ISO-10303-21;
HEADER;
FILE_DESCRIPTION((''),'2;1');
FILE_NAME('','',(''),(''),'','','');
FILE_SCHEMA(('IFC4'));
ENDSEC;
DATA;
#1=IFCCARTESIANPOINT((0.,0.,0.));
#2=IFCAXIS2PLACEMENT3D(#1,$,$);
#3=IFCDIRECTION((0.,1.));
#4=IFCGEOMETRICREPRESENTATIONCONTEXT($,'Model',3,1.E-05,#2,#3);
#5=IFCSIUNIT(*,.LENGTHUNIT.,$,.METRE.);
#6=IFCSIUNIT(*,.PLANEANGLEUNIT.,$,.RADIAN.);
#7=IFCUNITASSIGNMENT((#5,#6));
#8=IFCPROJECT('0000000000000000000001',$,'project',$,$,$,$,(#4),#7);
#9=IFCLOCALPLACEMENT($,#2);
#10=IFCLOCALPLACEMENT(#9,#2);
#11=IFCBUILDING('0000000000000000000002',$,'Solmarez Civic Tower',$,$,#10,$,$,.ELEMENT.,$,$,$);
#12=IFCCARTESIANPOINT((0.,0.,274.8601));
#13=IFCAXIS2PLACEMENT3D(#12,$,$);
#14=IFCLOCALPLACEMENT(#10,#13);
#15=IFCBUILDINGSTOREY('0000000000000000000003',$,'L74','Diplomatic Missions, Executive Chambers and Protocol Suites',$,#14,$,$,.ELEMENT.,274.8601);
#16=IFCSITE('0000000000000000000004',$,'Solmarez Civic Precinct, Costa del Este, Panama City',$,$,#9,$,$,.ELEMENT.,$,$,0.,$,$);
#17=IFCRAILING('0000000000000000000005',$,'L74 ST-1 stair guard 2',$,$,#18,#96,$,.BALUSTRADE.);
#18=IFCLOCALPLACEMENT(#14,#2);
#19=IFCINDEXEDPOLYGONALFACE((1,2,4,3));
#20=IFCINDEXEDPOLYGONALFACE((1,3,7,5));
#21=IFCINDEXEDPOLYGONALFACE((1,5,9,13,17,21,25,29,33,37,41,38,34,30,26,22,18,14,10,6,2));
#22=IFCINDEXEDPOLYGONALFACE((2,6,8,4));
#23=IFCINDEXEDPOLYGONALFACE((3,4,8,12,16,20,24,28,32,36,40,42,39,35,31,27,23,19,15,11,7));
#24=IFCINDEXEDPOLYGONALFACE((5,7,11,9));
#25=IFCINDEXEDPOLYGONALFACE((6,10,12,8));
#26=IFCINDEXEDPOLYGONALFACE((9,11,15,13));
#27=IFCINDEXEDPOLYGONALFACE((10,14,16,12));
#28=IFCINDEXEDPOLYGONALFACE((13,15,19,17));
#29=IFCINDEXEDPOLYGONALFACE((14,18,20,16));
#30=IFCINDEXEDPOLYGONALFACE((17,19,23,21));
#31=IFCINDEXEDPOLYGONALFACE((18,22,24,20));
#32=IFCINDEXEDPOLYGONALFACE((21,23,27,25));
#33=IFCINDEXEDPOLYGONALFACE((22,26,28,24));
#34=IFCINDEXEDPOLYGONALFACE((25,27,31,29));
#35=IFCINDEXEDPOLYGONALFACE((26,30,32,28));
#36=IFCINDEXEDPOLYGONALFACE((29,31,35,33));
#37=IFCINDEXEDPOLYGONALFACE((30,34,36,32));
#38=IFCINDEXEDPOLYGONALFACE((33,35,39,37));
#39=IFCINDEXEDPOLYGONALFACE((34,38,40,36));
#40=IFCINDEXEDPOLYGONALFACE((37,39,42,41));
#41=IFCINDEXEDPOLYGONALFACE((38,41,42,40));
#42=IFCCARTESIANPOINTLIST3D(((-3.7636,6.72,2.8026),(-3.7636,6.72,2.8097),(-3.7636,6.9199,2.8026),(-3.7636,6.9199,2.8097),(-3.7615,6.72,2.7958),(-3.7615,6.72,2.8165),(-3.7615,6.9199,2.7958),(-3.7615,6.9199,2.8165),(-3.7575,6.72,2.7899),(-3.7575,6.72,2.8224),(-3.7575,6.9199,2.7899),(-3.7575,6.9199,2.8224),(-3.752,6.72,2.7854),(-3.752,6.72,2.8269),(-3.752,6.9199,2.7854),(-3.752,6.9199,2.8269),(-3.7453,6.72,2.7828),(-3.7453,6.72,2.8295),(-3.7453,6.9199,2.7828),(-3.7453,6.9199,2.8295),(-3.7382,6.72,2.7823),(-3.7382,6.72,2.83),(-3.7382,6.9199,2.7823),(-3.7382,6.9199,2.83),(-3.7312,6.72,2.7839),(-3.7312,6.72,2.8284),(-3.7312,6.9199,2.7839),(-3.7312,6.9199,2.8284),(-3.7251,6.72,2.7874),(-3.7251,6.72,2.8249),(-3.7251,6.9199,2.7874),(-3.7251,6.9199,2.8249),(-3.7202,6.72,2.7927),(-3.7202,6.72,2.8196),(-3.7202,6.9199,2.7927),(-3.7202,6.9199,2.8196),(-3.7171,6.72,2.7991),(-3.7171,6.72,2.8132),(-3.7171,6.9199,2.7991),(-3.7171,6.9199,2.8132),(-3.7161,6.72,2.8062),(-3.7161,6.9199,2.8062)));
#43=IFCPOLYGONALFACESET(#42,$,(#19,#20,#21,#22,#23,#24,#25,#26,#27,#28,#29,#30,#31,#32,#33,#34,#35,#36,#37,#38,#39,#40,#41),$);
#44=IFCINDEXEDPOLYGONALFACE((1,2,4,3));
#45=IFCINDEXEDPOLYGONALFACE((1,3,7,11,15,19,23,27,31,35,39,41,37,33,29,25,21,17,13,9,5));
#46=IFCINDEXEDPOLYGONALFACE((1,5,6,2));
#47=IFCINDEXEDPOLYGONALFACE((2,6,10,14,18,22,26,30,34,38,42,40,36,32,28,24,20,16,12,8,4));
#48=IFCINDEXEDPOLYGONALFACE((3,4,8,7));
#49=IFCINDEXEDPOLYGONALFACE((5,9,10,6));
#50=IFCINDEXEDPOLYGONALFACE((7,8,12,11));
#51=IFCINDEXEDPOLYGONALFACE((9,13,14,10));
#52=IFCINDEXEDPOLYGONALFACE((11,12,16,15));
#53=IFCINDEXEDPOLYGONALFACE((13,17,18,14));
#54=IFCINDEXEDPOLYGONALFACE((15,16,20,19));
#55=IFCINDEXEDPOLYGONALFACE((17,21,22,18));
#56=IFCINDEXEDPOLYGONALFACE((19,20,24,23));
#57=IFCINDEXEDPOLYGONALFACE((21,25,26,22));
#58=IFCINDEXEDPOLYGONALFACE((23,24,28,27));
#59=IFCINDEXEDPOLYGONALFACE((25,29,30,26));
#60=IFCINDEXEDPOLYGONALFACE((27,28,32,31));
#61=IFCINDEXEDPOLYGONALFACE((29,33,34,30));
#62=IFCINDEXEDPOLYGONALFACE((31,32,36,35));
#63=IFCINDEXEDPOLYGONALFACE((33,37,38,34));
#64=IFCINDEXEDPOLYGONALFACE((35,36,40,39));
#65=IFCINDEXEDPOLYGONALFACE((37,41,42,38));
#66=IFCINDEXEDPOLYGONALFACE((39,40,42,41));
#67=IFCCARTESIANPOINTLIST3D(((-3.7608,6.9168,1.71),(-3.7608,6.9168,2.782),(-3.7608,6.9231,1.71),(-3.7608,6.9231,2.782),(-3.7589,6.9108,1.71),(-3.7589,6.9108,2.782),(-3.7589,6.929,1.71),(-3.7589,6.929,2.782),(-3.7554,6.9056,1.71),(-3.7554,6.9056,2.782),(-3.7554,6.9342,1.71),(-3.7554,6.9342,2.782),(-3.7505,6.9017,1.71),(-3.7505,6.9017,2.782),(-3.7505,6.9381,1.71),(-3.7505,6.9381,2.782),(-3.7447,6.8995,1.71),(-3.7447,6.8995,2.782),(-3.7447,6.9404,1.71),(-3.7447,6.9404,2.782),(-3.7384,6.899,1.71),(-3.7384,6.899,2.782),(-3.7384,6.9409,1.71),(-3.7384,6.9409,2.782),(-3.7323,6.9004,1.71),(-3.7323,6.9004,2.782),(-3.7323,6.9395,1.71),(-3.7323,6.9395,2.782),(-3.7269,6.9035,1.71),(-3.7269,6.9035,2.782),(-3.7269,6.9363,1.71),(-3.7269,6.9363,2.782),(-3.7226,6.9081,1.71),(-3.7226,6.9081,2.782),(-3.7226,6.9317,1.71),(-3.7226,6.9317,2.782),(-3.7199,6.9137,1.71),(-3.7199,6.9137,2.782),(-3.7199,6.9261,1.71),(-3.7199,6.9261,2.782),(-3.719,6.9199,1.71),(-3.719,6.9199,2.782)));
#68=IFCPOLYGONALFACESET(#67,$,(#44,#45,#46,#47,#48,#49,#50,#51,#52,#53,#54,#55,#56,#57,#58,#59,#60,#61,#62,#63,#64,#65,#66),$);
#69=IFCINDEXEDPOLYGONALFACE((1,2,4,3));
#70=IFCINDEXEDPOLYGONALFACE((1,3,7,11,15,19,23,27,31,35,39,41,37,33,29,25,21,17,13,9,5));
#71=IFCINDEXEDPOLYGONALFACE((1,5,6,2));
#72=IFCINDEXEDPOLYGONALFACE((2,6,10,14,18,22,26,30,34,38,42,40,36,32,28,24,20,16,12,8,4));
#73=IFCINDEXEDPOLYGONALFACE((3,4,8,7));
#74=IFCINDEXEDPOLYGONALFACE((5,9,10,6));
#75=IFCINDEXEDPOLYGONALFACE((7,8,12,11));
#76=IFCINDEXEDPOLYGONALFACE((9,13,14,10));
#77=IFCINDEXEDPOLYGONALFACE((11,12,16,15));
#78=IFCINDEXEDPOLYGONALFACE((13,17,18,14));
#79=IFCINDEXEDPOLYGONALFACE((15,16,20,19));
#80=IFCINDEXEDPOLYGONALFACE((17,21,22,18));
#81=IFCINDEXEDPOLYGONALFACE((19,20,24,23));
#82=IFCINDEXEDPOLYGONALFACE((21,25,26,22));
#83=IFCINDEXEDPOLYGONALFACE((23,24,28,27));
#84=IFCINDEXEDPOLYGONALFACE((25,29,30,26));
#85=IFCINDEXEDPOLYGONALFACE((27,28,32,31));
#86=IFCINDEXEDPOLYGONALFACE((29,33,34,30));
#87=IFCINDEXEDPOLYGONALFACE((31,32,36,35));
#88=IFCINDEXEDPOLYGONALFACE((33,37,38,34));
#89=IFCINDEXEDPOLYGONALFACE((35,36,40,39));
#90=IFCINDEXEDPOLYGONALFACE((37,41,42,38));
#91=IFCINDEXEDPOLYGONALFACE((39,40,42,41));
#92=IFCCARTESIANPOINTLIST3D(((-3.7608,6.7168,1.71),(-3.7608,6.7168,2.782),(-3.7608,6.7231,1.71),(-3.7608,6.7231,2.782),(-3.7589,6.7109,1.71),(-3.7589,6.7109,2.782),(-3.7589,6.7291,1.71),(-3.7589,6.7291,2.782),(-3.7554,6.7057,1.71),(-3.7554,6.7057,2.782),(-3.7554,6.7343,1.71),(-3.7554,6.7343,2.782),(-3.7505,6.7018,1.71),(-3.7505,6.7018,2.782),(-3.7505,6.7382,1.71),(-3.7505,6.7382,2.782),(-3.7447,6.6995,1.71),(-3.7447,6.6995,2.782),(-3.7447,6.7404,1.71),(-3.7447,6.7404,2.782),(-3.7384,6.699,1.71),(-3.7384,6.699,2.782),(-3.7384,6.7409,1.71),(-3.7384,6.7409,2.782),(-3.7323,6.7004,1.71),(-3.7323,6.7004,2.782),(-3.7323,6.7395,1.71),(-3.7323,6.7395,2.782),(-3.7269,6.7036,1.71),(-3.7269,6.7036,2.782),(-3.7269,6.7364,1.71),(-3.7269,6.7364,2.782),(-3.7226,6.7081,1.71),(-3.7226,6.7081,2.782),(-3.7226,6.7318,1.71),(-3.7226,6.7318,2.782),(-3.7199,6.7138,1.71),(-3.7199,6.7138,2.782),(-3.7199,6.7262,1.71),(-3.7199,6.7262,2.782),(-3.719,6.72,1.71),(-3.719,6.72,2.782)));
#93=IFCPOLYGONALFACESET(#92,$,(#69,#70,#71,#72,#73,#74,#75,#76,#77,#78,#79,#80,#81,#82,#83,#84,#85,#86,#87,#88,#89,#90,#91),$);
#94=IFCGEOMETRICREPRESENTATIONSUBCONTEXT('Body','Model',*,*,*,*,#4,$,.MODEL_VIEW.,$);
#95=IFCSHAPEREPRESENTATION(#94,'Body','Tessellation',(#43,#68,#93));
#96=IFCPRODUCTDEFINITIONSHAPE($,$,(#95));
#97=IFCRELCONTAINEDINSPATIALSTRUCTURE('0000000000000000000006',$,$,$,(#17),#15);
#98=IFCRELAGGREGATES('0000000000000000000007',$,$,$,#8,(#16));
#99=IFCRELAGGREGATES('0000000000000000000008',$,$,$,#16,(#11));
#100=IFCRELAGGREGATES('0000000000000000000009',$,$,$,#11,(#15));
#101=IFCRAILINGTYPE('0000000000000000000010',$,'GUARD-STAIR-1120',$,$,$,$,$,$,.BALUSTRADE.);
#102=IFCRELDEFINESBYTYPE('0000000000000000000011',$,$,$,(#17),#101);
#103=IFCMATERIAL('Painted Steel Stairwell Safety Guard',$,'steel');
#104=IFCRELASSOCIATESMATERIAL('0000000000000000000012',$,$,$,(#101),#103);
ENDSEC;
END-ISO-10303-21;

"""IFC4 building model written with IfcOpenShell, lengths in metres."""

from ifc_helpers import new_model, si_unit, direction, frame, origin, origin_2d, place, context, subcontext, project, spatial, circle, extrude, material, type_object, element, save


model = new_model("IFC4")

# Units and contexts
model_context = context("Model", 3, precision=1e-05, world=origin(), true_north=direction((0.0, 1.0)))
body_context = subcontext(model_context, "Body", "Model", "MODEL_VIEW")
ifc_project = project(units=[si_unit("LENGTHUNIT", "METRE"), si_unit("PLANEANGLEUNIT", "RADIAN")], contexts=[model_context])

# Site, building, storey
site_placement = place(None, origin())
site = spatial("IfcSite", under=ifc_project, at=site_placement, Name="Solmarez Civic Precinct, Costa del Este, Panama City", CompositionType="ELEMENT", RefElevation=0.0)
building_placement = place(site_placement, origin())
building = spatial("IfcBuilding", under=site, at=building_placement, Name="Solmarez Civic Tower", CompositionType="ELEMENT")
storey_placement = place(building_placement, frame((0.0, 0.0, 274.8601)))
storey = spatial("IfcBuildingStorey", under=building, at=storey_placement, Name="L74", Description="Diplomatic Missions, Executive Chambers and Protocol Suites", CompositionType="ELEMENT", Elevation=274.8601)

# Railing
ifc_material_1 = material(Name="Painted Steel Stairwell Safety Guard", Category="steel")
railing_type_1 = type_object("IfcRailingType", Name="GUARD-STAIR-1120", PredefinedType="BALUSTRADE", material=ifc_material_1)
railing_1_placement = place(storey_placement, frame((-3.74, 6.9199, 1.71)))
element("IfcRailing", 1, at=railing_1_placement, inside=storey, type_object=railing_type_1, Name="L74 ST-1 stair guard 2", PredefinedType="BALUSTRADE", context=body_context, shape_type="SweptSolid", body=[
    extrude(circle(Radius=0.0239, at=origin_2d()), frame((0.0, 0.0, 1.0962), z_axis=(0.0, -1.0, 0.0), x_axis=(1.0, 0.0, 0.0)), (0.0, 0.0, 1.0), 0.2),
    extrude(circle(Radius=0.021, at=origin_2d()), origin(), (0.0, 0.0, 1.0), 1.072),
    extrude(circle(Radius=0.021, at=origin_2d()), frame((0.0, -0.2, 0.0)), (0.0, 0.0, 1.0), 1.072),
])

save(model, "model.ifc")
